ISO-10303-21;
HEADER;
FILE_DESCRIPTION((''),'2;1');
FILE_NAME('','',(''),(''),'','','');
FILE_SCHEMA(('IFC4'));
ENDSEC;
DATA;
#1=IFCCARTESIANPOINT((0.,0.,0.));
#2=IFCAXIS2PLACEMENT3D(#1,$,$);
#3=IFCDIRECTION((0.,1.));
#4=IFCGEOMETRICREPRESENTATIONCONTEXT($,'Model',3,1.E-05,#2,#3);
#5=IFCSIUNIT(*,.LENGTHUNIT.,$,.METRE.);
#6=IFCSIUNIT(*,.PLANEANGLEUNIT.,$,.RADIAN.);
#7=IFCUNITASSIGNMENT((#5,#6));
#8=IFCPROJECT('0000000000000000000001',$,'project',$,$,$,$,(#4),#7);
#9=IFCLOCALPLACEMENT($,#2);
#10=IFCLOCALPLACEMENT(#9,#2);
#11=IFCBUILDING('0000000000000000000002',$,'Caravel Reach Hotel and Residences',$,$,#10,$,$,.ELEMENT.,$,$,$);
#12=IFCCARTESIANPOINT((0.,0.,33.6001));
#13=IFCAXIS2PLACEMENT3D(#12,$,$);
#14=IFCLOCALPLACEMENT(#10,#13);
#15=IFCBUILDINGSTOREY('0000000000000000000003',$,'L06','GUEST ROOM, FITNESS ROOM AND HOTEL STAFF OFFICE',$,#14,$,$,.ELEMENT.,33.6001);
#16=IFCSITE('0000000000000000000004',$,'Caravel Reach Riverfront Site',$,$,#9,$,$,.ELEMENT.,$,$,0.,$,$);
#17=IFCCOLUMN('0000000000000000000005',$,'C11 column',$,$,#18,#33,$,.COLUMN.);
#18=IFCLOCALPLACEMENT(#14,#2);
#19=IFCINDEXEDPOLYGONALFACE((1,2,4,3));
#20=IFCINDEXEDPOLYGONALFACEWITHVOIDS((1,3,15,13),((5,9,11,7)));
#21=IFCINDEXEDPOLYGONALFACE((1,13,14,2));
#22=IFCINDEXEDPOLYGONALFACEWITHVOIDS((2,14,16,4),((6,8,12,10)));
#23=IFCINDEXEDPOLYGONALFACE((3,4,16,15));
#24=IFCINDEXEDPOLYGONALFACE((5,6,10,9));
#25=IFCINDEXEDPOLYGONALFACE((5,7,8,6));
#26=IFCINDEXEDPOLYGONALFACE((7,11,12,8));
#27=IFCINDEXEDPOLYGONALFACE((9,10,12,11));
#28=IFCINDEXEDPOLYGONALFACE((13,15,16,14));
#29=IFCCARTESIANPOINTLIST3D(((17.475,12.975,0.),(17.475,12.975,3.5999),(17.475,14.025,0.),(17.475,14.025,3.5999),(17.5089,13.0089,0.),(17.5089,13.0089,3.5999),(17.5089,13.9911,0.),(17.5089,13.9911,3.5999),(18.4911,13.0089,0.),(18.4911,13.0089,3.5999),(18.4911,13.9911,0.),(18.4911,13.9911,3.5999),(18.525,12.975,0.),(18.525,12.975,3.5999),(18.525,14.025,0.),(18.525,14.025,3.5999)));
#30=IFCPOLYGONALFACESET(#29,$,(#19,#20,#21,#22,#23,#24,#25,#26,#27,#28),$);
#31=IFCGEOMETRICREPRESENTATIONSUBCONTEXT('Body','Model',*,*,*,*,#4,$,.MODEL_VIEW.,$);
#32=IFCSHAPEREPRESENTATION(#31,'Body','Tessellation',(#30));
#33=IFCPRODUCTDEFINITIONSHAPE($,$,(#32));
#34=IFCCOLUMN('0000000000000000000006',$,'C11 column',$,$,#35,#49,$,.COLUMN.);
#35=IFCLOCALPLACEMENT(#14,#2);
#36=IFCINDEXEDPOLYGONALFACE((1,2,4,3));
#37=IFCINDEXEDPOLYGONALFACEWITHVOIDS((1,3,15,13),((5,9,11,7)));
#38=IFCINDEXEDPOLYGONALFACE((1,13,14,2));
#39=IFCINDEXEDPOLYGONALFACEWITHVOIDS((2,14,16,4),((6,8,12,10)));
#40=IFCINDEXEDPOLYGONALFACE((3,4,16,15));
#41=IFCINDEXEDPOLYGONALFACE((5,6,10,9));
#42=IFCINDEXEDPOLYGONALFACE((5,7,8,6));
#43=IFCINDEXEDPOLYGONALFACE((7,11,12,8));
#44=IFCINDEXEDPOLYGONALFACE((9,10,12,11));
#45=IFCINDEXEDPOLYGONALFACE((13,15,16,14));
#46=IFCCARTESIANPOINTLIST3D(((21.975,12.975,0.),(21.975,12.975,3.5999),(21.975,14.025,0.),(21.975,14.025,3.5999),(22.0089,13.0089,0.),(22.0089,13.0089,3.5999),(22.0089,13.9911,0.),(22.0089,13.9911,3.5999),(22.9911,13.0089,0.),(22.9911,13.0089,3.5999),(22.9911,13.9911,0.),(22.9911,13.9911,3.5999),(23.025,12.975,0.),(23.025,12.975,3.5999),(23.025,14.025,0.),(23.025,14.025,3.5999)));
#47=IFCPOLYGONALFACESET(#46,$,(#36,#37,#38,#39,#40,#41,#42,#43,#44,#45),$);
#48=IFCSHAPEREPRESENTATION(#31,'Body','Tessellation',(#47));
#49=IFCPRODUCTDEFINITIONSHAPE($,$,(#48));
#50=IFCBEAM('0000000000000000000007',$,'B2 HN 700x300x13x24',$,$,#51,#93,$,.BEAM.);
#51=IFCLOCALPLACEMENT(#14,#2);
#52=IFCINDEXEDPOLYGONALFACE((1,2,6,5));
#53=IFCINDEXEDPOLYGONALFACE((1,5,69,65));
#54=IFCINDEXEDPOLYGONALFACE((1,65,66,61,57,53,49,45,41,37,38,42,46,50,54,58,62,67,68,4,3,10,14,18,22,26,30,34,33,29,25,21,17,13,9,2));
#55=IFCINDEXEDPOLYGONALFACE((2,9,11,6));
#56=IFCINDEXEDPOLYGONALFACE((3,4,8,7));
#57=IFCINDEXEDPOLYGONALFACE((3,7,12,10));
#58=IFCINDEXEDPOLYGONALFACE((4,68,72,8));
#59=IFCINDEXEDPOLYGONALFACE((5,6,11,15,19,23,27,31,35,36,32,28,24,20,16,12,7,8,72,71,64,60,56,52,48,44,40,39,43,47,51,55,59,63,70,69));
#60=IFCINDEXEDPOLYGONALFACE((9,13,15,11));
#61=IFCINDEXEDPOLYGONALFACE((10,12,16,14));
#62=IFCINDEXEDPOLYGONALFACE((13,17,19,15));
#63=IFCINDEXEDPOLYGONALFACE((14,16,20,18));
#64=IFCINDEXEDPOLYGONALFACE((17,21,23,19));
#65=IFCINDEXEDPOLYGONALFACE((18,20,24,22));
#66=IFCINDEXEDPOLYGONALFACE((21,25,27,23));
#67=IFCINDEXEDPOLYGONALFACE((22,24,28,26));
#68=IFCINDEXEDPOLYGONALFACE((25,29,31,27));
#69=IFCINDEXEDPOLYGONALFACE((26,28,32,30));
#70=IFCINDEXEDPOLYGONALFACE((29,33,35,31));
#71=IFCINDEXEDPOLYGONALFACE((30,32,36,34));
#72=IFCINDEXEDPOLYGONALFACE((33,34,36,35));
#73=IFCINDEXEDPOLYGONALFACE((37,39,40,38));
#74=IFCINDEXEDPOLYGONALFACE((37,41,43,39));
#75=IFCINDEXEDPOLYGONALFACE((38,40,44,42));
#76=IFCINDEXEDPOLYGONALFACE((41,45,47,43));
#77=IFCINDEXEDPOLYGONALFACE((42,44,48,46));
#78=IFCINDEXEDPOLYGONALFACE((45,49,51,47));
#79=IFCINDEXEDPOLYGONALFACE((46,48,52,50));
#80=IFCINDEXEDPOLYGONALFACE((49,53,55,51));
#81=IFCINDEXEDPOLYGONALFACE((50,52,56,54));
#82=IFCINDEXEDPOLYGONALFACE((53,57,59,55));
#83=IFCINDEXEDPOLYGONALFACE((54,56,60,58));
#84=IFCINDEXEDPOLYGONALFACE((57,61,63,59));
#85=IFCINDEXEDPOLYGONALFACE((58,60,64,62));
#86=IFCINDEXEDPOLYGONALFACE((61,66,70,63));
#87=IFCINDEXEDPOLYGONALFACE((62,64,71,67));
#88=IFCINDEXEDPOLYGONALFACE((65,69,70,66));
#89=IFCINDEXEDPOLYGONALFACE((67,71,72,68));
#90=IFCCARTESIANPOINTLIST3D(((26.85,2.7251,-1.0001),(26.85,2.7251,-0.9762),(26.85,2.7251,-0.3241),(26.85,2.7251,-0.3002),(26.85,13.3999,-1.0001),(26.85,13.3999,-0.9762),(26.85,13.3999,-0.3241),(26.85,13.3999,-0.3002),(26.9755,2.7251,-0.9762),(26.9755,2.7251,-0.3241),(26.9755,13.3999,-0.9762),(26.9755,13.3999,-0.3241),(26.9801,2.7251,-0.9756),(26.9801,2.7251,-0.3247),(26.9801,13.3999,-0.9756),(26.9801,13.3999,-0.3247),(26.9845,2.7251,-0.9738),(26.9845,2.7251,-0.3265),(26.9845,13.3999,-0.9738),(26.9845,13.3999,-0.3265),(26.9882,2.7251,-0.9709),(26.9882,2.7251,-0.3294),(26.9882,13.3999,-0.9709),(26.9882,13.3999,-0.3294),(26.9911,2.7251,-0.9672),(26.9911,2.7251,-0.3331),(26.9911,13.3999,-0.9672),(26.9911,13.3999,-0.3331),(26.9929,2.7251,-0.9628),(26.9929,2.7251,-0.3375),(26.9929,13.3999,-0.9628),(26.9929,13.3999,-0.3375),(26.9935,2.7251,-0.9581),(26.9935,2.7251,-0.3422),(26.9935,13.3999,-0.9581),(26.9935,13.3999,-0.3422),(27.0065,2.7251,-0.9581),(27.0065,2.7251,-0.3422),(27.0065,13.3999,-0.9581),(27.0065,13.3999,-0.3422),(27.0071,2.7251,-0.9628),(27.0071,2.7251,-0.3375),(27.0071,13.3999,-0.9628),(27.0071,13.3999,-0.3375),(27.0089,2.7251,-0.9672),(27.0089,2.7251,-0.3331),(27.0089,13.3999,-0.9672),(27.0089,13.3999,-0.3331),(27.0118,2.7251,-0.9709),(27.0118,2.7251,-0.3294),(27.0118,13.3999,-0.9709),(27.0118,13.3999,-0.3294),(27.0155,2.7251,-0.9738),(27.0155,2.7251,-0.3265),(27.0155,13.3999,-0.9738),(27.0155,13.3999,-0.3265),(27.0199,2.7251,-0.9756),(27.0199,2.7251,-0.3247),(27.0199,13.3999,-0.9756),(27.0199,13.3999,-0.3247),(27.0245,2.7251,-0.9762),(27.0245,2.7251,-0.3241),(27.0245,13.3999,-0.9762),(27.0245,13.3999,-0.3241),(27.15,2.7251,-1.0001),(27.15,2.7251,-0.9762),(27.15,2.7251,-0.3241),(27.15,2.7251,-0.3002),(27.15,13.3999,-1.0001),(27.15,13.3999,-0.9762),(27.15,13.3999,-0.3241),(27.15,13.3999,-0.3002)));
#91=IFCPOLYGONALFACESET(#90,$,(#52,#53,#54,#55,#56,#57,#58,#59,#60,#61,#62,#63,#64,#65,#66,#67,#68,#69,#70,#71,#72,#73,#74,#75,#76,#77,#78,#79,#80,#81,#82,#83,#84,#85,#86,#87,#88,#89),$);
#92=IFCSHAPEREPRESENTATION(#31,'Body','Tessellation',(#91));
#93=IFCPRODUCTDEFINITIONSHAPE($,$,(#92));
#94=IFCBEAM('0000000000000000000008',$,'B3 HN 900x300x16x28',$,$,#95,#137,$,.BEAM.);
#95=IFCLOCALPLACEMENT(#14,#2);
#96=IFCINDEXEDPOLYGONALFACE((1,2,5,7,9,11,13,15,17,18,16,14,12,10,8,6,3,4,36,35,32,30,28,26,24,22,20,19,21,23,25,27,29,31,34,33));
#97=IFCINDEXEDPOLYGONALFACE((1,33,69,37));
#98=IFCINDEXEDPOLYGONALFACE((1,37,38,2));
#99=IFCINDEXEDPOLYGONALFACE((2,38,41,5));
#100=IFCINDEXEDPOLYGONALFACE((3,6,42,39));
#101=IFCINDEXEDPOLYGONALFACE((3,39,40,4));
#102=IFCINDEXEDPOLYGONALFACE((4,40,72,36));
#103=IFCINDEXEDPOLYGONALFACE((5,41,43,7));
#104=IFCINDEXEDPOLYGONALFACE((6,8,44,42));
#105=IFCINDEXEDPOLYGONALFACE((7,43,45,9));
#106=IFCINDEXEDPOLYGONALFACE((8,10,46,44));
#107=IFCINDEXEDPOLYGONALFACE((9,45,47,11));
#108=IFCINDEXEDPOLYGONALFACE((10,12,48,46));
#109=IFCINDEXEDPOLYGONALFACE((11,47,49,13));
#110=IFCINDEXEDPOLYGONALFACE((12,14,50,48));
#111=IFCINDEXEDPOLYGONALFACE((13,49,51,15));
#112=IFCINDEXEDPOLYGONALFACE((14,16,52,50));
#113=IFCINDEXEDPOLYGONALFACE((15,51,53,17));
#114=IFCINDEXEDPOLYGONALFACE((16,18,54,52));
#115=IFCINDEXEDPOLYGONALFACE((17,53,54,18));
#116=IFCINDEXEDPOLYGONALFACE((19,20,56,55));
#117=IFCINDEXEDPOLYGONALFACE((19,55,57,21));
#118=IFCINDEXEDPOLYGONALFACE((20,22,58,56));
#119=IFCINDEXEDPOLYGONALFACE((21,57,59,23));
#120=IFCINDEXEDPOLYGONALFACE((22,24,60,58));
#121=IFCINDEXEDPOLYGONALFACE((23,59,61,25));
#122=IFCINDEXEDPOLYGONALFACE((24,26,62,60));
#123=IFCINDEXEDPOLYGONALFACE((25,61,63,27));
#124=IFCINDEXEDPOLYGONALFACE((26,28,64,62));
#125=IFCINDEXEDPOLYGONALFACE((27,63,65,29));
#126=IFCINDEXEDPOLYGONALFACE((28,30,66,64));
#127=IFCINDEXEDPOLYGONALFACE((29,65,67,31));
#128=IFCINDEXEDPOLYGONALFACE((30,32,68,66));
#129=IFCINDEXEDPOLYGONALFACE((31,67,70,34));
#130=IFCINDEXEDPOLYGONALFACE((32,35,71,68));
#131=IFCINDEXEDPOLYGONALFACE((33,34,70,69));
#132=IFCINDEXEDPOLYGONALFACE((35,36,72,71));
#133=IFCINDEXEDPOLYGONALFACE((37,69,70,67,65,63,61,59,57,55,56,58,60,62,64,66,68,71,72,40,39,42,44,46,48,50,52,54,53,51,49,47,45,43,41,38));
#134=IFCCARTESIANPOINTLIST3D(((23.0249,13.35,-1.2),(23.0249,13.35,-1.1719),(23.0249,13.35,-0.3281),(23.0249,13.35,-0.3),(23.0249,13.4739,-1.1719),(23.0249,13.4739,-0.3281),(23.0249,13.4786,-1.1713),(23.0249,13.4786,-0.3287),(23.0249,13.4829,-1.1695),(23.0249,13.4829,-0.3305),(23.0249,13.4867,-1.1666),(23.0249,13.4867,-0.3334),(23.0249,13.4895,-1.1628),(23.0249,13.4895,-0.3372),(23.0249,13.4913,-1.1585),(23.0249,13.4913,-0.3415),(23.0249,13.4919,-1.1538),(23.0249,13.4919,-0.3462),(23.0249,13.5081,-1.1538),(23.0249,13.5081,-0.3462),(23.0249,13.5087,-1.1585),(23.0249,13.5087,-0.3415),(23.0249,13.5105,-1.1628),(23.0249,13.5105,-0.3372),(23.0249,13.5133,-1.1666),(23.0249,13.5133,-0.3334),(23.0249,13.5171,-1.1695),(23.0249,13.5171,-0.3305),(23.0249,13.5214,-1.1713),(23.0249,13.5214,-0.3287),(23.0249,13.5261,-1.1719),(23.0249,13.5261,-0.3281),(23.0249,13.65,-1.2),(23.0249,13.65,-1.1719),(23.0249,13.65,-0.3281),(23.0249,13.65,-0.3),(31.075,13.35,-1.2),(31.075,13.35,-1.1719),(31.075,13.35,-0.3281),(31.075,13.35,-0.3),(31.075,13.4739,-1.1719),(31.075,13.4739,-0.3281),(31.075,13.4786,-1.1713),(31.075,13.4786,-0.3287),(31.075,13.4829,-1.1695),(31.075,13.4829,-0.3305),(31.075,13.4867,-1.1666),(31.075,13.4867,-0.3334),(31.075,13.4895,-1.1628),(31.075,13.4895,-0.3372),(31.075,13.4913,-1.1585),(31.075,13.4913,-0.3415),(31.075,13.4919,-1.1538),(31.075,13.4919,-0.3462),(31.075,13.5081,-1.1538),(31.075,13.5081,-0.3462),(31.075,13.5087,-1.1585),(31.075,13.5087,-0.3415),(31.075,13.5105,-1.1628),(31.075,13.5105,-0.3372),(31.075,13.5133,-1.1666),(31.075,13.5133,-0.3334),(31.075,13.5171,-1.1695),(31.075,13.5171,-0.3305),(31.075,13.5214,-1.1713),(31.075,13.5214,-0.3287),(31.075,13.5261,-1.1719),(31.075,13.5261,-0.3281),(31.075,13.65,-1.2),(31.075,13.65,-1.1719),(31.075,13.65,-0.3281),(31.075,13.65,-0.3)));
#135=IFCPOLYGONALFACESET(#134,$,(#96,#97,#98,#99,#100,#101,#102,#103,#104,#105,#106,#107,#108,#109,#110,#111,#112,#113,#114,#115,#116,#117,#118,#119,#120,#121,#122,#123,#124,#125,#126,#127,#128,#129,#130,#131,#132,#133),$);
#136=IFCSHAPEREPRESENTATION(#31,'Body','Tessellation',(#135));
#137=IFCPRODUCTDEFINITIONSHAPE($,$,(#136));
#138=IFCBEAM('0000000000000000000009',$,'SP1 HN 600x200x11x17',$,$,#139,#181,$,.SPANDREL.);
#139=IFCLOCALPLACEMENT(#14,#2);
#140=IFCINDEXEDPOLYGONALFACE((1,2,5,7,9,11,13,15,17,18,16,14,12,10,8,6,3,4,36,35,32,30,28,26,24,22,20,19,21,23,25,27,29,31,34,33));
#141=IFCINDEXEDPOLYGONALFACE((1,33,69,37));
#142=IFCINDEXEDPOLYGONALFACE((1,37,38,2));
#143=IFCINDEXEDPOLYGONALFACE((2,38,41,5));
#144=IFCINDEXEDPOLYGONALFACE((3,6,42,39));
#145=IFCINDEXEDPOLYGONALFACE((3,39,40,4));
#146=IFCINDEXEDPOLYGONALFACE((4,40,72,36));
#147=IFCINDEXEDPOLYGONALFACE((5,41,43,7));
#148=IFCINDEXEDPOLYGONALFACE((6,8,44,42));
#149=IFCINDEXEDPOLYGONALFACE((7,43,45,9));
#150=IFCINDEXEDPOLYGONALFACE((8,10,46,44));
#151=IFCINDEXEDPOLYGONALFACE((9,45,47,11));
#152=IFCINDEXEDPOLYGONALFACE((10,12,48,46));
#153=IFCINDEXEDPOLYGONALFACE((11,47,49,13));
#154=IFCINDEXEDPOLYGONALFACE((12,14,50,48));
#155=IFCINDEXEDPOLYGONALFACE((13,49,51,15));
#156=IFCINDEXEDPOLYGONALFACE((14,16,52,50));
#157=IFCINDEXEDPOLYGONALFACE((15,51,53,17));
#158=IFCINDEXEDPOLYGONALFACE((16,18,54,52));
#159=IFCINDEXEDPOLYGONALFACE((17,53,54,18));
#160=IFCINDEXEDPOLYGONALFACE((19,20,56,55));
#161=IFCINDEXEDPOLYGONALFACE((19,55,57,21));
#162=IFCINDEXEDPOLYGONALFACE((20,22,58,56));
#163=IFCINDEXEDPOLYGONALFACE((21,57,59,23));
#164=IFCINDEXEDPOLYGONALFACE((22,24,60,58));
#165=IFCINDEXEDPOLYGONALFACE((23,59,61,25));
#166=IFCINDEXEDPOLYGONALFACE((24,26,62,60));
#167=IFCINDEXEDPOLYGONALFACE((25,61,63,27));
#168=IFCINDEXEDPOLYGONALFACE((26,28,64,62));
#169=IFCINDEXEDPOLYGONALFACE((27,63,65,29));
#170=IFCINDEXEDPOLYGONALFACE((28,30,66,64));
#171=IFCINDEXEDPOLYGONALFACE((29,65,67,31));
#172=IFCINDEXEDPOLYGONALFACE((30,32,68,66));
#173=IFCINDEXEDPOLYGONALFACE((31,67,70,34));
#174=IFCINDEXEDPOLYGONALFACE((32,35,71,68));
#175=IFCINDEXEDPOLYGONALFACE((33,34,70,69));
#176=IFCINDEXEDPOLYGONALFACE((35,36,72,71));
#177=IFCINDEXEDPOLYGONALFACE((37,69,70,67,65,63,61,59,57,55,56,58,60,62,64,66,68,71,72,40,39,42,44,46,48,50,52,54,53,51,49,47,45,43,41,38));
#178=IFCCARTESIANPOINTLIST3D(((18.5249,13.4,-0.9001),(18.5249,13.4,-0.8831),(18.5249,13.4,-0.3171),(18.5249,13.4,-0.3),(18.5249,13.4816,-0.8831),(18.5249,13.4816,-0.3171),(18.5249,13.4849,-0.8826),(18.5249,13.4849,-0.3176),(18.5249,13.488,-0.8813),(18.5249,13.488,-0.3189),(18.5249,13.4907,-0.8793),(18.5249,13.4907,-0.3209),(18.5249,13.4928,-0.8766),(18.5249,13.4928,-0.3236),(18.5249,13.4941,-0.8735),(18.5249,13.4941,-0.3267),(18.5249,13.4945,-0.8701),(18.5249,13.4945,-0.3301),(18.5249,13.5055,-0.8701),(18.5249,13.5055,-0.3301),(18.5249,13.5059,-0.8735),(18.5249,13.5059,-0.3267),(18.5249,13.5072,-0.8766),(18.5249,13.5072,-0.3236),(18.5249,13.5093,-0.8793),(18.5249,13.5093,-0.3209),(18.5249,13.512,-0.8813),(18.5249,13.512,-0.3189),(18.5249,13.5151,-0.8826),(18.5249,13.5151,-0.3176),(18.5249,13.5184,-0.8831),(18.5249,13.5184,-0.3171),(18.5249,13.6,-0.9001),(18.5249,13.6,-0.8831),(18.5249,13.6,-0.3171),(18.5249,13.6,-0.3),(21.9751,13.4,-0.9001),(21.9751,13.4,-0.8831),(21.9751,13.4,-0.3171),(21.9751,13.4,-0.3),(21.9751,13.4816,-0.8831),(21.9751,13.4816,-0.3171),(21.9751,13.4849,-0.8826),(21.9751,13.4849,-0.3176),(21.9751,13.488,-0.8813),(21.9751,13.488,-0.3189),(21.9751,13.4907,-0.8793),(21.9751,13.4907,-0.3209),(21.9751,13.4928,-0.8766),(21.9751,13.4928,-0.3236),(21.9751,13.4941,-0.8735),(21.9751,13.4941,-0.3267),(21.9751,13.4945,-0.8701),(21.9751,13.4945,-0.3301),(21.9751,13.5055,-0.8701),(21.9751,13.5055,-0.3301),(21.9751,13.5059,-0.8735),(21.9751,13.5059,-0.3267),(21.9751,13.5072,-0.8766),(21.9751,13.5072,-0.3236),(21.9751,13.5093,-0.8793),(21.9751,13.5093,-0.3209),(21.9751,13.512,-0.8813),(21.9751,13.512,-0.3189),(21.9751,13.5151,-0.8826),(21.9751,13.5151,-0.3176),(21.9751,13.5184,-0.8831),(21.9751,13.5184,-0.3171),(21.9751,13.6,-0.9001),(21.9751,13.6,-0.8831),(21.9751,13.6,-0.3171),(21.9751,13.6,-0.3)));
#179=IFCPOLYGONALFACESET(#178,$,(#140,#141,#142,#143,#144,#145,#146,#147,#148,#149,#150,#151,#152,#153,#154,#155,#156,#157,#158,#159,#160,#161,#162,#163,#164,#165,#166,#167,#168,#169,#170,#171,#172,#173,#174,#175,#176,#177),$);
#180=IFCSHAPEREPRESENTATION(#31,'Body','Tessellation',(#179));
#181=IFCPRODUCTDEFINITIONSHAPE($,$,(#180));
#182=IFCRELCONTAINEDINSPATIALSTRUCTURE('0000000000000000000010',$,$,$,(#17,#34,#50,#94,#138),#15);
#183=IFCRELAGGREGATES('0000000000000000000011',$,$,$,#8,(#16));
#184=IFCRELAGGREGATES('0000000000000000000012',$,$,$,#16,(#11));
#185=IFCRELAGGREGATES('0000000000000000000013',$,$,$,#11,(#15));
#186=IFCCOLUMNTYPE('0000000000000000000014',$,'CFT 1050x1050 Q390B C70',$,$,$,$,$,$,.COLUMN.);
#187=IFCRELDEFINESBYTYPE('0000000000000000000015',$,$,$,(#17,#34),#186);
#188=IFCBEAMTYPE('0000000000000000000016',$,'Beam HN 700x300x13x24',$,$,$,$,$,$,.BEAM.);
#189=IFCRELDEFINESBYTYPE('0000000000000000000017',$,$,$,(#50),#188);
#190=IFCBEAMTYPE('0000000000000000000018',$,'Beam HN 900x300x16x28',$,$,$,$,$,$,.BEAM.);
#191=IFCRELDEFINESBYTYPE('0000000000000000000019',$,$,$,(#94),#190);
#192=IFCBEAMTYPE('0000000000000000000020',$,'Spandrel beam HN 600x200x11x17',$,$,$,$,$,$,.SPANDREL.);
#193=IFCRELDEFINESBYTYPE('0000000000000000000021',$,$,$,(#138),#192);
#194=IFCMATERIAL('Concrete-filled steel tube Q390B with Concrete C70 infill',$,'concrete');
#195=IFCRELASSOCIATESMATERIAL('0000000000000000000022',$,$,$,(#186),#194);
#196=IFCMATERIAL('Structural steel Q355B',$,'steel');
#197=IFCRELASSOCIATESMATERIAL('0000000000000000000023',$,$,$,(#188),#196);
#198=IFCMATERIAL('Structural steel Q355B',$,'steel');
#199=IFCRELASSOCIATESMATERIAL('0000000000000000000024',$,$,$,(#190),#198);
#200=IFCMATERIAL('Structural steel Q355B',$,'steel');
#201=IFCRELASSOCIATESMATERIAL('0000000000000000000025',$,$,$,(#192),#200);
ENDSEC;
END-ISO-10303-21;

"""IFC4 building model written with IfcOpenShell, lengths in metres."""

from ifc_helpers import new_model, si_unit, direction, frame, origin, origin_2d, place, context, subcontext, project, spatial, hollow_rectangle, i_section, extrude, material, material_profile, profile_set, type_object, element, save


model = new_model("IFC4")

# Units and contexts
model_context = context("Model", 3, precision=1e-05, world=origin(), true_north=direction((0.0, 1.0)))
body_context = subcontext(model_context, "Body", "Model", "MODEL_VIEW")
ifc_project = project(units=[si_unit("LENGTHUNIT", "METRE"), si_unit("PLANEANGLEUNIT", "RADIAN")], contexts=[model_context])

# Site, building, storey
site_placement = place(None, origin())
site = spatial("IfcSite", under=ifc_project, at=site_placement, Name="Caravel Reach Riverfront Site", CompositionType="ELEMENT", RefElevation=0.0)
building_placement = place(site_placement, origin())
building = spatial("IfcBuilding", under=site, at=building_placement, Name="Caravel Reach Hotel and Residences", CompositionType="ELEMENT")
storey_placement = place(building_placement, frame((0.0, 0.0, 33.6001)))
storey = spatial("IfcBuildingStorey", under=building, at=storey_placement, Name="L06", Description="GUEST ROOM, FITNESS ROOM AND HOTEL STAFF OFFICE", CompositionType="ELEMENT", Elevation=33.6001)

# Columns
ifc_material_1 = material(Name="Concrete-filled steel tube Q390B with Concrete C70 infill", Category="concrete")
ifc_material_profile_1 = material_profile(ifc_material_1, hollow_rectangle(XDim=1.05, YDim=1.05, WallThickness=0.0339, at=origin_2d()), Name="RHS 1050x1050x34")
ifc_profile_set_1 = profile_set([ifc_material_profile_1], Name="Concrete-filled steel tube Q390B with Concrete C70 infill")
column_type = type_object("IfcColumnType", Name="CFT 1050x1050 Q390B C70", PredefinedType="COLUMN", material=ifc_profile_set_1)
for number, where, z_axis, x_axis, name in (
    (1, (18.0, 13.5, 0.0), (0.0, 0.0, 1.0), (1.0, 0.0, 0.0), "C11 column"),
    (2, (22.5, 13.5, 0.0), (0.0, 0.0, 1.0), (1.0, 0.0, 0.0), "C11 column"),
):
    element("IfcColumn", number, at=place(storey_placement, frame(where, z_axis=z_axis, x_axis=x_axis)), inside=storey, type_object=column_type, Name=name, PredefinedType="COLUMN", context=body_context, shape_type="SweptSolid", body=[
        extrude(hollow_rectangle(XDim=1.05, YDim=1.05, WallThickness=0.0339, at=origin_2d()), origin(), (0.0, 0.0, 1.0), 3.5999),
    ])

# Beams
ifc_material_2 = material(Name="Structural steel Q355B", Category="steel")
ifc_material_profile_2 = material_profile(ifc_material_2, i_section(OverallWidth=0.3, OverallDepth=0.7, WebThickness=0.0129, FlangeThickness=0.0239, FilletRadius=0.0181, at=origin_2d()), Name="HN 700x300x13x24")
ifc_profile_set_2 = profile_set([ifc_material_profile_2], Name="Structural steel Q355B")
beam_type_1 = type_object("IfcBeamType", Name="Beam HN 700x300x13x24", PredefinedType="BEAM", material=ifc_profile_set_2)
beam_1_placement = place(storey_placement, frame((27.0, 13.3999, -0.6501), z_axis=(0.0, -1.0, 0.0), x_axis=(1.0, 0.0, 0.0)))
element("IfcBeam", 3, at=beam_1_placement, inside=storey, type_object=beam_type_1, Name="B2 HN 700x300x13x24", PredefinedType="BEAM", context=body_context, shape_type="SweptSolid", body=[
    extrude(i_section(OverallWidth=0.3, OverallDepth=0.7, WebThickness=0.0129, FlangeThickness=0.0239, FilletRadius=0.0181, at=origin_2d()), origin(), (0.0, 0.0, 1.0), 10.6748),
])
ifc_material_3 = material(Name="Structural steel Q355B", Category="steel")
ifc_material_profile_3 = material_profile(ifc_material_3, i_section(OverallWidth=0.3, OverallDepth=0.8999, WebThickness=0.0161, FlangeThickness=0.0281, FilletRadius=0.0181, at=origin_2d()), Name="HN 900x300x16x28")
ifc_profile_set_3 = profile_set([ifc_material_profile_3], Name="Structural steel Q355B")
beam_type_2 = type_object("IfcBeamType", Name="Beam HN 900x300x16x28", PredefinedType="BEAM", material=ifc_profile_set_3)
beam_2_placement = place(storey_placement, frame((23.0249, 13.5, -0.75), z_axis=(1.0, 0.0, 0.0), x_axis=(0.0, 1.0, 0.0)))
element("IfcBeam", 4, at=beam_2_placement, inside=storey, type_object=beam_type_2, Name="B3 HN 900x300x16x28", PredefinedType="BEAM", context=body_context, shape_type="SweptSolid", body=[
    extrude(i_section(OverallWidth=0.3, OverallDepth=0.8999, WebThickness=0.0161, FlangeThickness=0.0281, FilletRadius=0.0181, at=origin_2d()), origin(), (0.0, 0.0, 1.0), 8.05),
])
ifc_material_4 = material(Name="Structural steel Q355B", Category="steel")
ifc_material_profile_4 = material_profile(ifc_material_4, i_section(OverallWidth=0.2, OverallDepth=0.6001, WebThickness=0.011, FlangeThickness=0.0171, FilletRadius=0.0129, at=origin_2d()), Name="HN 600x200x11x17")
ifc_profile_set_4 = profile_set([ifc_material_profile_4], Name="Structural steel Q355B")
beam_type_3 = type_object("IfcBeamType", Name="Spandrel beam HN 600x200x11x17", PredefinedType="SPANDREL", material=ifc_profile_set_4)
beam_3_placement = place(storey_placement, frame((18.5249, 13.5, -0.6001), z_axis=(1.0, 0.0, 0.0), x_axis=(0.0, 1.0, 0.0)))
element("IfcBeam", 5, at=beam_3_placement, inside=storey, type_object=beam_type_3, Name="SP1 HN 600x200x11x17", PredefinedType="SPANDREL", context=body_context, shape_type="SweptSolid", body=[
    extrude(i_section(OverallWidth=0.2, OverallDepth=0.6001, WebThickness=0.011, FlangeThickness=0.0171, FilletRadius=0.0129, at=origin_2d()), origin(), (0.0, 0.0, 1.0), 3.4502),
])

save(model, "model.ifc")
